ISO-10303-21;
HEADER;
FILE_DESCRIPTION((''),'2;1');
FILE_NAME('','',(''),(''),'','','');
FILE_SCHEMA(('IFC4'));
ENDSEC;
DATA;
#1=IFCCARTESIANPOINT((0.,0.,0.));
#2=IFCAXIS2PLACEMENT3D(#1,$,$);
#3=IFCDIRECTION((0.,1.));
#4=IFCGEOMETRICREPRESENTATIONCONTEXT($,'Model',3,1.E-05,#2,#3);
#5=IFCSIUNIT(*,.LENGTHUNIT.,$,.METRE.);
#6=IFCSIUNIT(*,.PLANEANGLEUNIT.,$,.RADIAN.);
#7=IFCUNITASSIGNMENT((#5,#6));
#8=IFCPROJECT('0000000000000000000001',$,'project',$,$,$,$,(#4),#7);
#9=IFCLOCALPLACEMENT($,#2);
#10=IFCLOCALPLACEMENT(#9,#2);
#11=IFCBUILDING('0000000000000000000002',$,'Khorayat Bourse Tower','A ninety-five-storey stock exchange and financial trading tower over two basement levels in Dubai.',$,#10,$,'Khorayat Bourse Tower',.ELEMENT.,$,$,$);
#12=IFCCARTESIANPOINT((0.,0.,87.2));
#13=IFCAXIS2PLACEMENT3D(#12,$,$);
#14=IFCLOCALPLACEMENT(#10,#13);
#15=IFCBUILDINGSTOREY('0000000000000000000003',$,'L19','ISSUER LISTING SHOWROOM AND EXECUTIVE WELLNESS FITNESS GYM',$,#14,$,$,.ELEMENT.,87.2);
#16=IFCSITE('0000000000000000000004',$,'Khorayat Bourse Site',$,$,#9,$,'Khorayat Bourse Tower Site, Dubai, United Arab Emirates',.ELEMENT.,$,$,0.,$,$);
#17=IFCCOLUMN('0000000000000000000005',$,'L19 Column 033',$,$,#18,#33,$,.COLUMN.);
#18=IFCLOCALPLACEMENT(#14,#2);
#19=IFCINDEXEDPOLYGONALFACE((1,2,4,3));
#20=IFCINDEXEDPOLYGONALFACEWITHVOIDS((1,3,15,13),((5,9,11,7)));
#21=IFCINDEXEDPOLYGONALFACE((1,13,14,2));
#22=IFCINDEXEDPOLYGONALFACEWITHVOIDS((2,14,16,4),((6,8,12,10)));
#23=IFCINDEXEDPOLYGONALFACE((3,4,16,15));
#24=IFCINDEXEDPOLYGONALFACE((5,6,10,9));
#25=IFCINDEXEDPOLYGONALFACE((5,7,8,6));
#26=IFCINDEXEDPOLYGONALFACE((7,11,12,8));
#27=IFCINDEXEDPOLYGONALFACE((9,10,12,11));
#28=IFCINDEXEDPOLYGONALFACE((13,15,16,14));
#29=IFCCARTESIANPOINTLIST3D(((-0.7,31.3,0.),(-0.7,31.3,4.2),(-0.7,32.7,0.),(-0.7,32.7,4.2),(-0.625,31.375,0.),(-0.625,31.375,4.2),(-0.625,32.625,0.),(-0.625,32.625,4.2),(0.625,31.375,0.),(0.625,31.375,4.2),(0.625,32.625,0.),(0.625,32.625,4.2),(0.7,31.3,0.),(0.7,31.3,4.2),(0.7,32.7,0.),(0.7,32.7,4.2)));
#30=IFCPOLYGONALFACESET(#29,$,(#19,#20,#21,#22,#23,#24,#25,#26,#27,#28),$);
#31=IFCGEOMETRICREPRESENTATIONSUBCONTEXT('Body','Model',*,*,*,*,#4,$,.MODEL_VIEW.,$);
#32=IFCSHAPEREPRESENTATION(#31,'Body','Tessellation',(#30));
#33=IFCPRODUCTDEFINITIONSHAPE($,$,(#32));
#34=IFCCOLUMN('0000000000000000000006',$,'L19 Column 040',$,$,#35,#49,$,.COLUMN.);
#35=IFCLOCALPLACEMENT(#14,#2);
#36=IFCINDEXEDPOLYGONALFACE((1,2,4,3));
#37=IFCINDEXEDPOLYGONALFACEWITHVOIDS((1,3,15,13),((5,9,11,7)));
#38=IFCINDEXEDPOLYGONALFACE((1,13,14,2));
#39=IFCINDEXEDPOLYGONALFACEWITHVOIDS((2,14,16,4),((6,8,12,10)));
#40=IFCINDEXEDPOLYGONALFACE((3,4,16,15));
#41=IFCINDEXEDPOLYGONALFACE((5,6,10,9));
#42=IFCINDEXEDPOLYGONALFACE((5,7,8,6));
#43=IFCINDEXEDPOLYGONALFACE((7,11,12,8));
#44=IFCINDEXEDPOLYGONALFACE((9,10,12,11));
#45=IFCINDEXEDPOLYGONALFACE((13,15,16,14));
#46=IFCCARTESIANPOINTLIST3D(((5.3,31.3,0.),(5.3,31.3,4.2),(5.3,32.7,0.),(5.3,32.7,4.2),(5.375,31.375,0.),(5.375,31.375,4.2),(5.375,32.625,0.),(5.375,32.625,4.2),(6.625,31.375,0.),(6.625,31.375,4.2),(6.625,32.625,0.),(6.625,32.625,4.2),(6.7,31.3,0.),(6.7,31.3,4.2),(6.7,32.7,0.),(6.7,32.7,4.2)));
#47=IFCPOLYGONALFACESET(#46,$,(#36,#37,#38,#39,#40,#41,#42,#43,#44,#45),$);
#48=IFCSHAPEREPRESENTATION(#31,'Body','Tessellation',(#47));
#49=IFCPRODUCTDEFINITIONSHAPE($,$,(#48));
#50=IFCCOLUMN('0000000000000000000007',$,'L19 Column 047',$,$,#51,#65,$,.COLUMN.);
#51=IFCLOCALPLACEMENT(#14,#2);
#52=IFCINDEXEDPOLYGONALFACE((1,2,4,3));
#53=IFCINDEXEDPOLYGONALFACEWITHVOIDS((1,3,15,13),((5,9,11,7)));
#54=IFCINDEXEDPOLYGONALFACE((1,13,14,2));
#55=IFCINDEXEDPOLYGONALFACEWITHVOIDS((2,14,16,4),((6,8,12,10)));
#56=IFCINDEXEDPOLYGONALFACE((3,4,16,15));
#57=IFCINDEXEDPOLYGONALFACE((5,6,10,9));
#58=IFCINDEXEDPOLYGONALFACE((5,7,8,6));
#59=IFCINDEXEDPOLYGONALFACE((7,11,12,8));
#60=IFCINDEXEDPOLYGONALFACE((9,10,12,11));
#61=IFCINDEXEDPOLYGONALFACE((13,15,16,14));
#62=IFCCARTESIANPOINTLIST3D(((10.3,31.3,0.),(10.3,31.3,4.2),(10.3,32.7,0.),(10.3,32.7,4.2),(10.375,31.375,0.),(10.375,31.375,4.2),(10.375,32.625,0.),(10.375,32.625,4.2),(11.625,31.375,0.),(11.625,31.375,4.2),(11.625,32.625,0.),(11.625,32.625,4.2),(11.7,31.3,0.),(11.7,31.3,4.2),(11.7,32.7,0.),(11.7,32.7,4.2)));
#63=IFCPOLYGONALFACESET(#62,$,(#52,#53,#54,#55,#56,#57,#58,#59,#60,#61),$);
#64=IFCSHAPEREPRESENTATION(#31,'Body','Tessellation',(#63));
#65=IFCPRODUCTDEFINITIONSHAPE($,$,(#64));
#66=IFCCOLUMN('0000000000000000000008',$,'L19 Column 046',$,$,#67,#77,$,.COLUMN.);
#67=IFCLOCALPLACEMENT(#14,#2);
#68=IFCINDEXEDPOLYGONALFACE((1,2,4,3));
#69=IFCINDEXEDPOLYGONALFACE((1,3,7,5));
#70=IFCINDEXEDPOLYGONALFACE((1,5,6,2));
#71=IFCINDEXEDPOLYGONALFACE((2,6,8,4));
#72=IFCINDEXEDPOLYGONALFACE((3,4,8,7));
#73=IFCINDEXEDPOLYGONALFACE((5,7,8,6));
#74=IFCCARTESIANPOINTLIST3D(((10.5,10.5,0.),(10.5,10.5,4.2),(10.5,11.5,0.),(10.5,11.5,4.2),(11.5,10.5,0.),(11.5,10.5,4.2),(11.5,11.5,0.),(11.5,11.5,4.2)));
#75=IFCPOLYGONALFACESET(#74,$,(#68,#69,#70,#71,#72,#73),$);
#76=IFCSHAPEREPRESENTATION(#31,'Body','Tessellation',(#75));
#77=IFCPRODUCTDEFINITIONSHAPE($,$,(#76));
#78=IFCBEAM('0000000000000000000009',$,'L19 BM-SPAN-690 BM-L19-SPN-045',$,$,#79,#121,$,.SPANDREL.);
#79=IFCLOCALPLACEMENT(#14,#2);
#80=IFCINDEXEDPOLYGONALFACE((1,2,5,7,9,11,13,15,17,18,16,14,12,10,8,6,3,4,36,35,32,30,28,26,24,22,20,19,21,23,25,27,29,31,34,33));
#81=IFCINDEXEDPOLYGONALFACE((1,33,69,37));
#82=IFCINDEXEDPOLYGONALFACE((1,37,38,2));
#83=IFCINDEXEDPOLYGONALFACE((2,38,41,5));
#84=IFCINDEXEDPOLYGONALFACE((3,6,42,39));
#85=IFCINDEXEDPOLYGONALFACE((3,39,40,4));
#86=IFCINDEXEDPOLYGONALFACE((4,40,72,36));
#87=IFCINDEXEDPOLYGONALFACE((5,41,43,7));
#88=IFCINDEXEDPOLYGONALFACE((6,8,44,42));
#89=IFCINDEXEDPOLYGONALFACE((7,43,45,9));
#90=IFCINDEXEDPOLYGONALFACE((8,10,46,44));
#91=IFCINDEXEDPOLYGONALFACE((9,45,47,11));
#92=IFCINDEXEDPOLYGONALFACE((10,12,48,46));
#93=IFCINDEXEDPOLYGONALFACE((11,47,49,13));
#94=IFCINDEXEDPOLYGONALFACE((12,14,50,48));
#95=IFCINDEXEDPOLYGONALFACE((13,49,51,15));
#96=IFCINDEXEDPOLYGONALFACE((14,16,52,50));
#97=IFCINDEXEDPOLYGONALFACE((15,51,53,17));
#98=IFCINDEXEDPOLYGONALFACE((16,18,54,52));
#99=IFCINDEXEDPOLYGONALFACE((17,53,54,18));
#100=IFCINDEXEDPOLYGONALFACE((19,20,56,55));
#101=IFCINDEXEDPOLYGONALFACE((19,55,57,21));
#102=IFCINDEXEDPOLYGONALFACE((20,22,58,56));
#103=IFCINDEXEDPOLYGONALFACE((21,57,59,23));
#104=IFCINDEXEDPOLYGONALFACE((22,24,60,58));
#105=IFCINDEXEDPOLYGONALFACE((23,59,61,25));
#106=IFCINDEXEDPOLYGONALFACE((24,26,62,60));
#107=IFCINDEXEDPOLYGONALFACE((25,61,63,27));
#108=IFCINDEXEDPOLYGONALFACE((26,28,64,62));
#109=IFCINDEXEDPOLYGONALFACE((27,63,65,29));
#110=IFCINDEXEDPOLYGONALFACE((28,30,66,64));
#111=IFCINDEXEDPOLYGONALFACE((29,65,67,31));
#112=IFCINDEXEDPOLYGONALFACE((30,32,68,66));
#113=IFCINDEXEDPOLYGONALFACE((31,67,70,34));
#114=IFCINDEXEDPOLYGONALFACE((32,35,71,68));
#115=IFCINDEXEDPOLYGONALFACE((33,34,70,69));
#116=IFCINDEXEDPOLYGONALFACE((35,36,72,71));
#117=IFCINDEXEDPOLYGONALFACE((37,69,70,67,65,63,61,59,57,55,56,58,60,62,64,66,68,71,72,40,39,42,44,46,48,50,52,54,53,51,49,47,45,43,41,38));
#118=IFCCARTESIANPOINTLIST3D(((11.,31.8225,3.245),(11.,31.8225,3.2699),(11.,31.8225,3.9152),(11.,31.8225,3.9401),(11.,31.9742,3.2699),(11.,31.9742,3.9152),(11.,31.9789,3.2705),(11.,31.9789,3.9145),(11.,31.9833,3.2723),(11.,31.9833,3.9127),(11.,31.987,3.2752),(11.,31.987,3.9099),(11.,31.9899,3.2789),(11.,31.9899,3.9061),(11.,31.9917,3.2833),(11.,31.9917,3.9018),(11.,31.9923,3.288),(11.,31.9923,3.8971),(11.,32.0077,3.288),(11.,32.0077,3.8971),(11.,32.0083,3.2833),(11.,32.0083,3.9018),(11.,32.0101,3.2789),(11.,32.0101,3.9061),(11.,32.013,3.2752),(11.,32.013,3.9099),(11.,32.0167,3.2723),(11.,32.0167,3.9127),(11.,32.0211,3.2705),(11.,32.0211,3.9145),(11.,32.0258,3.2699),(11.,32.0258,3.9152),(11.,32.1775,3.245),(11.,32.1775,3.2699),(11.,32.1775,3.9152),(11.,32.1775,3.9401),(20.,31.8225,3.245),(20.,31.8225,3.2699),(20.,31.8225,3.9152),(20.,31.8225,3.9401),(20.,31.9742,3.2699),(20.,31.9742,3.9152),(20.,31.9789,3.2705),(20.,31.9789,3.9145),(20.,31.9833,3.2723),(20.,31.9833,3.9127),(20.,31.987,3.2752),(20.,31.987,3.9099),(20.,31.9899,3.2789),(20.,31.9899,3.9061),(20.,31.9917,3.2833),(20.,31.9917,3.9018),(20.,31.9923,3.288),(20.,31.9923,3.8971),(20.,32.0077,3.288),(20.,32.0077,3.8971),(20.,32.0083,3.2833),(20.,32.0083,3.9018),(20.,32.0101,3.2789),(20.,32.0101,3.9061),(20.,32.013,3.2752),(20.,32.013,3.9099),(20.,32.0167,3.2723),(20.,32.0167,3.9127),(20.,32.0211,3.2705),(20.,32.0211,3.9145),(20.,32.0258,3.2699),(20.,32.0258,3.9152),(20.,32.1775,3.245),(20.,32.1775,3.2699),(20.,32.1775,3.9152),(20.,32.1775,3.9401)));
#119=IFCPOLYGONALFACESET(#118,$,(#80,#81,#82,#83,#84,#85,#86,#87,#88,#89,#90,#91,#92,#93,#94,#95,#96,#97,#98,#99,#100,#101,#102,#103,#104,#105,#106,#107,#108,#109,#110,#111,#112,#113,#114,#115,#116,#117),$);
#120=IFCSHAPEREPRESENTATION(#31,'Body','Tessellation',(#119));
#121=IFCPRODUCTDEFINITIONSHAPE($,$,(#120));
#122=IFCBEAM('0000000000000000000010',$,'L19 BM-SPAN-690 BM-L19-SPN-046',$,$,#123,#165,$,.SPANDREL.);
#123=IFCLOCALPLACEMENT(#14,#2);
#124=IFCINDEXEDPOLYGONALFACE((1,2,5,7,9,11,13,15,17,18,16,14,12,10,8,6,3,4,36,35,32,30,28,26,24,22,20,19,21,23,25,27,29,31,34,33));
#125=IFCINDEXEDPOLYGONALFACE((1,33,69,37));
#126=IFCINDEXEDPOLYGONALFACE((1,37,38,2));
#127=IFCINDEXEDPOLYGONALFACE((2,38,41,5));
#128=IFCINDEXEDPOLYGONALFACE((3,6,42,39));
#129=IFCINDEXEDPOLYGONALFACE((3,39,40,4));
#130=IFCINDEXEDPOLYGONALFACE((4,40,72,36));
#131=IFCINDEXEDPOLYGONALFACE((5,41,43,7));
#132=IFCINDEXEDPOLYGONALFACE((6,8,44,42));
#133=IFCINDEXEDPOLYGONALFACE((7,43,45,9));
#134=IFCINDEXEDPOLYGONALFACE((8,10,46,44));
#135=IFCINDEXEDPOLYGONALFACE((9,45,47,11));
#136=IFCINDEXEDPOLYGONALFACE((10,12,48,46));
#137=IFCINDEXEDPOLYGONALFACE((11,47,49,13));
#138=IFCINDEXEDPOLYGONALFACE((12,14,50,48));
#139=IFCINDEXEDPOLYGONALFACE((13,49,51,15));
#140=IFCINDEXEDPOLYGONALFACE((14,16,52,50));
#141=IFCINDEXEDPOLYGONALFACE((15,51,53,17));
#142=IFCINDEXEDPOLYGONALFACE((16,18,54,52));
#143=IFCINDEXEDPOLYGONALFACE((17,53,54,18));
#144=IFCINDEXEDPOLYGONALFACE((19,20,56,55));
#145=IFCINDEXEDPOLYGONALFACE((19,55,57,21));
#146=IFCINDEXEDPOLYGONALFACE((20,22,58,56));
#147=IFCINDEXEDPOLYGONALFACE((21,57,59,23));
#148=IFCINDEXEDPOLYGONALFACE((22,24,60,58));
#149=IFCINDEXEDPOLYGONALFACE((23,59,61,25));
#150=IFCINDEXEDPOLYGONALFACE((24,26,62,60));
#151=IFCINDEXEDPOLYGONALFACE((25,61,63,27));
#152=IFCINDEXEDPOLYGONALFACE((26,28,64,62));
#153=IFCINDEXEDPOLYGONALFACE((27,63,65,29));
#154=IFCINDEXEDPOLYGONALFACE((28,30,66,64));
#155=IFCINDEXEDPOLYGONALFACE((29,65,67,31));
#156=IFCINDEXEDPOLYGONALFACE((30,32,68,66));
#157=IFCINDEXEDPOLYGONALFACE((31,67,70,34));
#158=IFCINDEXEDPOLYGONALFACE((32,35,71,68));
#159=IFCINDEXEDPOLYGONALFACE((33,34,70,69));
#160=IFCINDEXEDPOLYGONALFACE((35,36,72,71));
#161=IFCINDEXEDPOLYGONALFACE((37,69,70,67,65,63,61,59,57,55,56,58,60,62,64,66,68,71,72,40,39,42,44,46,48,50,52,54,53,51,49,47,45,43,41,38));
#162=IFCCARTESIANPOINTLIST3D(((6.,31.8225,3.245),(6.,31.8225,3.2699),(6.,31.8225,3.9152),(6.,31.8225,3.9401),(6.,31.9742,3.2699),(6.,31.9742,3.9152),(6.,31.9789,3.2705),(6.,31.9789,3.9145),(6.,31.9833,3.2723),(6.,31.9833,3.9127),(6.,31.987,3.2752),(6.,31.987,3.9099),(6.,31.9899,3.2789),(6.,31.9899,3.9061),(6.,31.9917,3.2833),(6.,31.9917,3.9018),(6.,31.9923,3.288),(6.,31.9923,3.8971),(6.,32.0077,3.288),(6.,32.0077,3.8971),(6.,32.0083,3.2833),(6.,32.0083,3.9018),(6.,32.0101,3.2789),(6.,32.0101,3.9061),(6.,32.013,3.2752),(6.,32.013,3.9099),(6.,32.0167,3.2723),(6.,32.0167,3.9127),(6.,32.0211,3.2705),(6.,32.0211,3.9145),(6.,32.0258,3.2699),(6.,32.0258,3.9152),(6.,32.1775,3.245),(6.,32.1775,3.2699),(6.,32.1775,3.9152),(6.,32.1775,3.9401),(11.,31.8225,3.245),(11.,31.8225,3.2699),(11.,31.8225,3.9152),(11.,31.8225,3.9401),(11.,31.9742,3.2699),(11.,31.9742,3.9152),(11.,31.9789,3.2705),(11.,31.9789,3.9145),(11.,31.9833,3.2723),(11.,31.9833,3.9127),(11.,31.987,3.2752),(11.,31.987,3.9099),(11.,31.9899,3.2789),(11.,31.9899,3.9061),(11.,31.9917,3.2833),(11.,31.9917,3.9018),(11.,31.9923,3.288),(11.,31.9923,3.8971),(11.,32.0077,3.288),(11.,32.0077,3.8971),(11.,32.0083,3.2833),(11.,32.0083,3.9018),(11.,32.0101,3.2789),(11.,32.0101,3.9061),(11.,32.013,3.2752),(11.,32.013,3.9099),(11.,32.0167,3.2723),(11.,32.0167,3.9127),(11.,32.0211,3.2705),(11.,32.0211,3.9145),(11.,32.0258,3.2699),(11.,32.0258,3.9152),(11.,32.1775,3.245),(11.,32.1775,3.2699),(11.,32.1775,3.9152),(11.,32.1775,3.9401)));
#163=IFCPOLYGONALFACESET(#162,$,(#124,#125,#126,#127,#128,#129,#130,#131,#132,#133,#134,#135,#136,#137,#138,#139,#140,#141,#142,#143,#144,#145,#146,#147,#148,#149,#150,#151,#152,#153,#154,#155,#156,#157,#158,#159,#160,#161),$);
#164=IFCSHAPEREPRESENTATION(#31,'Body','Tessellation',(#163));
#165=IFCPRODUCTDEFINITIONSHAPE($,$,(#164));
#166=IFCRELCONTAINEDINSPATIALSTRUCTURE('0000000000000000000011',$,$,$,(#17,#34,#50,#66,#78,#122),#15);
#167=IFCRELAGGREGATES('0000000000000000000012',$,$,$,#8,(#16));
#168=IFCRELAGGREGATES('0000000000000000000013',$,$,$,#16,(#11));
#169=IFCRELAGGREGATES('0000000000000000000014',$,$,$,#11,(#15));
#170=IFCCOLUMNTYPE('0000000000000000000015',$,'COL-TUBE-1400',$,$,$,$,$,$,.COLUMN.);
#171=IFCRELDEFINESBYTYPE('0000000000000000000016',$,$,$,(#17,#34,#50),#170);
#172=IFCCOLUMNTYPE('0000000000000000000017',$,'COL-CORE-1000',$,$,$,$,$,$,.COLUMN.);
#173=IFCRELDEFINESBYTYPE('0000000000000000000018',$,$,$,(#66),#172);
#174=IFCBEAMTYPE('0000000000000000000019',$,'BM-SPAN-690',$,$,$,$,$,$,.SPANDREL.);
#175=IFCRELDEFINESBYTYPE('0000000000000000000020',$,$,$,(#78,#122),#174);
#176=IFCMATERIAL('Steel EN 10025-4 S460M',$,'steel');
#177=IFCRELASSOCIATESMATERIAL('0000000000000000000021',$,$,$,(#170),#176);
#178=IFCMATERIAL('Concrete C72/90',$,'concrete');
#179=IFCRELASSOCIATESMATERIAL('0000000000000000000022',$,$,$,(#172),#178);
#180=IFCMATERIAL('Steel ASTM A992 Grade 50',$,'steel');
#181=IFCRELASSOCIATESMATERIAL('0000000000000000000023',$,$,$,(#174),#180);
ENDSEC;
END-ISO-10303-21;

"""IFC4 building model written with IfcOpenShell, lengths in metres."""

from ifc_helpers import new_model, si_unit, direction, frame, origin, origin_2d, place, context, subcontext, project, spatial, rectangle, hollow_rectangle, i_section, extrude, source, transform, mapped, material, material_profile, profile_set, type_object, element, save


model = new_model("IFC4")

# Units and contexts
model_context = context("Model", 3, precision=1e-05, world=origin(), true_north=direction((0.0, 1.0)))
body_context = subcontext(model_context, "Body", "Model", "MODEL_VIEW")
ifc_project = project(units=[si_unit("LENGTHUNIT", "METRE"), si_unit("PLANEANGLEUNIT", "RADIAN")], contexts=[model_context])

# Site, building, storey
site_placement = place(None, origin())
site = spatial("IfcSite", under=ifc_project, at=site_placement, Name="Khorayat Bourse Site", LongName="Khorayat Bourse Tower Site, Dubai, United Arab Emirates", CompositionType="ELEMENT", RefElevation=0.0)
building_placement = place(site_placement, origin())
building = spatial("IfcBuilding", under=site, at=building_placement, Name="Khorayat Bourse Tower", Description="A ninety-five-storey stock exchange and financial trading tower over two basement levels in Dubai.", LongName="Khorayat Bourse Tower", CompositionType="ELEMENT")
storey_placement = place(building_placement, frame((0.0, 0.0, 87.2)))
storey = spatial("IfcBuildingStorey", under=building, at=storey_placement, Name="L19", Description="ISSUER LISTING SHOWROOM AND EXECUTIVE WELLNESS FITNESS GYM", CompositionType="ELEMENT", Elevation=87.2)

# Columns
ifc_material_1 = material(Name="Steel EN 10025-4 S460M", Category="steel")
ifc_material_profile_1 = material_profile(ifc_material_1, hollow_rectangle(XDim=1.3999, YDim=1.3999, WallThickness=0.075, at=origin_2d()), Name="BOX 1400x1400x75")
ifc_profile_set_1 = profile_set([ifc_material_profile_1], Name="Steel EN 10025-4 S460M")
column_type_1 = type_object("IfcColumnType", Name="COL-TUBE-1400", PredefinedType="COLUMN", material=ifc_profile_set_1)
shared_shape_1 = source(origin(), body_context, "Body", "SweptSolid", [
    extrude(hollow_rectangle(XDim=1.3999, YDim=1.3999, WallThickness=0.075, at=origin_2d()), origin(), (0.0, 0.0, 1.0), 4.2),
])
for number, where, z_axis, x_axis, name in (
    (1, (0.0, 32.0, 0.0), (0.0, 0.0, 1.0), (1.0, 0.0, 0.0), "L19 Column 033"),
    (2, (6.0, 32.0, 0.0), (0.0, 0.0, 1.0), (1.0, 0.0, 0.0), "L19 Column 040"),
    (3, (11.0, 32.0, 0.0), (0.0, 0.0, 1.0), (1.0, 0.0, 0.0), "L19 Column 047"),
):
    element("IfcColumn", number, at=place(storey_placement, frame(where, z_axis=z_axis, x_axis=x_axis)), inside=storey, type_object=column_type_1, Name=name, PredefinedType="COLUMN", context=body_context, shape_type="MappedRepresentation", body=[
        mapped(shared_shape_1, transform((0.0, 0.0, 0.0), scale=1.0)),
    ])
ifc_material_2 = material(Name="Concrete C72/90", Category="concrete")
ifc_material_profile_2 = material_profile(ifc_material_2, rectangle(XDim=1.0, YDim=1.0, at=origin_2d()), Name="RC 1000x1000")
ifc_profile_set_2 = profile_set([ifc_material_profile_2], Name="Concrete C72/90")
column_type_2 = type_object("IfcColumnType", Name="COL-CORE-1000", PredefinedType="COLUMN", material=ifc_profile_set_2)
shared_shape_2 = source(origin(), body_context, "Body", "SweptSolid", [
    extrude(rectangle(XDim=1.0, YDim=1.0, at=origin_2d()), origin(), (0.0, 0.0, 1.0), 4.2),
])
column_placement = place(storey_placement, frame((11.0, 11.0, 0.0), z_axis=(0.0, 0.0, 1.0), x_axis=(1.0, 0.0, 0.0)))
element("IfcColumn", 4, at=column_placement, inside=storey, type_object=column_type_2, Name="L19 Column 046", PredefinedType="COLUMN", context=body_context, shape_type="MappedRepresentation", body=[
    mapped(shared_shape_2, transform((0.0, 0.0, 0.0), scale=1.0)),
])

# Beams
ifc_material_3 = material(Name="Steel ASTM A992 Grade 50", Category="steel")
ifc_material_profile_3 = material_profile(ifc_material_3, i_section(OverallWidth=0.355, OverallDepth=0.6951, WebThickness=0.0154, FlangeThickness=0.0249, FilletRadius=0.0181, at=origin_2d()), Name="W690X217")
ifc_profile_set_3 = profile_set([ifc_material_profile_3], Name="Steel ASTM A992 Grade 50")
beam_type_1 = type_object("IfcBeamType", Name="BM-SPAN-690", PredefinedType="SPANDREL", material=ifc_profile_set_3)
shared_shape_3 = source(origin(), body_context, "Body", "SweptSolid", [
    extrude(i_section(OverallWidth=0.355, OverallDepth=0.6951, WebThickness=0.0154, FlangeThickness=0.0249, FilletRadius=0.0181, at=origin_2d()), origin(), (0.0, 0.0, 1.0), 9.0),
])
beam_1_placement = place(storey_placement, frame((11.0, 32.0, 3.5925), z_axis=(1.0, 0.0, 0.0), x_axis=(0.0, 1.0, 0.0)))
element("IfcBeam", 5, at=beam_1_placement, inside=storey, type_object=beam_type_1, Name="L19 BM-SPAN-690 BM-L19-SPN-045", PredefinedType="SPANDREL", context=body_context, shape_type="MappedRepresentation", body=[
    mapped(shared_shape_3, transform((0.0, 0.0, 0.0), scale=1.0)),
])
shared_shape_4 = source(origin(), body_context, "Body", "SweptSolid", [
    extrude(i_section(OverallWidth=0.355, OverallDepth=0.6951, WebThickness=0.0154, FlangeThickness=0.0249, FilletRadius=0.0181, at=origin_2d()), origin(), (0.0, 0.0, 1.0), 5.0),
])
beam_2_placement = place(storey_placement, frame((6.0, 32.0, 3.5925), z_axis=(1.0, 0.0, 0.0), x_axis=(0.0, 1.0, 0.0)))
element("IfcBeam", 6, at=beam_2_placement, inside=storey, type_object=beam_type_1, Name="L19 BM-SPAN-690 BM-L19-SPN-046", PredefinedType="SPANDREL", context=body_context, shape_type="MappedRepresentation", body=[
    mapped(shared_shape_4, transform((0.0, 0.0, 0.0), scale=1.0)),
])

save(model, "model.ifc")
